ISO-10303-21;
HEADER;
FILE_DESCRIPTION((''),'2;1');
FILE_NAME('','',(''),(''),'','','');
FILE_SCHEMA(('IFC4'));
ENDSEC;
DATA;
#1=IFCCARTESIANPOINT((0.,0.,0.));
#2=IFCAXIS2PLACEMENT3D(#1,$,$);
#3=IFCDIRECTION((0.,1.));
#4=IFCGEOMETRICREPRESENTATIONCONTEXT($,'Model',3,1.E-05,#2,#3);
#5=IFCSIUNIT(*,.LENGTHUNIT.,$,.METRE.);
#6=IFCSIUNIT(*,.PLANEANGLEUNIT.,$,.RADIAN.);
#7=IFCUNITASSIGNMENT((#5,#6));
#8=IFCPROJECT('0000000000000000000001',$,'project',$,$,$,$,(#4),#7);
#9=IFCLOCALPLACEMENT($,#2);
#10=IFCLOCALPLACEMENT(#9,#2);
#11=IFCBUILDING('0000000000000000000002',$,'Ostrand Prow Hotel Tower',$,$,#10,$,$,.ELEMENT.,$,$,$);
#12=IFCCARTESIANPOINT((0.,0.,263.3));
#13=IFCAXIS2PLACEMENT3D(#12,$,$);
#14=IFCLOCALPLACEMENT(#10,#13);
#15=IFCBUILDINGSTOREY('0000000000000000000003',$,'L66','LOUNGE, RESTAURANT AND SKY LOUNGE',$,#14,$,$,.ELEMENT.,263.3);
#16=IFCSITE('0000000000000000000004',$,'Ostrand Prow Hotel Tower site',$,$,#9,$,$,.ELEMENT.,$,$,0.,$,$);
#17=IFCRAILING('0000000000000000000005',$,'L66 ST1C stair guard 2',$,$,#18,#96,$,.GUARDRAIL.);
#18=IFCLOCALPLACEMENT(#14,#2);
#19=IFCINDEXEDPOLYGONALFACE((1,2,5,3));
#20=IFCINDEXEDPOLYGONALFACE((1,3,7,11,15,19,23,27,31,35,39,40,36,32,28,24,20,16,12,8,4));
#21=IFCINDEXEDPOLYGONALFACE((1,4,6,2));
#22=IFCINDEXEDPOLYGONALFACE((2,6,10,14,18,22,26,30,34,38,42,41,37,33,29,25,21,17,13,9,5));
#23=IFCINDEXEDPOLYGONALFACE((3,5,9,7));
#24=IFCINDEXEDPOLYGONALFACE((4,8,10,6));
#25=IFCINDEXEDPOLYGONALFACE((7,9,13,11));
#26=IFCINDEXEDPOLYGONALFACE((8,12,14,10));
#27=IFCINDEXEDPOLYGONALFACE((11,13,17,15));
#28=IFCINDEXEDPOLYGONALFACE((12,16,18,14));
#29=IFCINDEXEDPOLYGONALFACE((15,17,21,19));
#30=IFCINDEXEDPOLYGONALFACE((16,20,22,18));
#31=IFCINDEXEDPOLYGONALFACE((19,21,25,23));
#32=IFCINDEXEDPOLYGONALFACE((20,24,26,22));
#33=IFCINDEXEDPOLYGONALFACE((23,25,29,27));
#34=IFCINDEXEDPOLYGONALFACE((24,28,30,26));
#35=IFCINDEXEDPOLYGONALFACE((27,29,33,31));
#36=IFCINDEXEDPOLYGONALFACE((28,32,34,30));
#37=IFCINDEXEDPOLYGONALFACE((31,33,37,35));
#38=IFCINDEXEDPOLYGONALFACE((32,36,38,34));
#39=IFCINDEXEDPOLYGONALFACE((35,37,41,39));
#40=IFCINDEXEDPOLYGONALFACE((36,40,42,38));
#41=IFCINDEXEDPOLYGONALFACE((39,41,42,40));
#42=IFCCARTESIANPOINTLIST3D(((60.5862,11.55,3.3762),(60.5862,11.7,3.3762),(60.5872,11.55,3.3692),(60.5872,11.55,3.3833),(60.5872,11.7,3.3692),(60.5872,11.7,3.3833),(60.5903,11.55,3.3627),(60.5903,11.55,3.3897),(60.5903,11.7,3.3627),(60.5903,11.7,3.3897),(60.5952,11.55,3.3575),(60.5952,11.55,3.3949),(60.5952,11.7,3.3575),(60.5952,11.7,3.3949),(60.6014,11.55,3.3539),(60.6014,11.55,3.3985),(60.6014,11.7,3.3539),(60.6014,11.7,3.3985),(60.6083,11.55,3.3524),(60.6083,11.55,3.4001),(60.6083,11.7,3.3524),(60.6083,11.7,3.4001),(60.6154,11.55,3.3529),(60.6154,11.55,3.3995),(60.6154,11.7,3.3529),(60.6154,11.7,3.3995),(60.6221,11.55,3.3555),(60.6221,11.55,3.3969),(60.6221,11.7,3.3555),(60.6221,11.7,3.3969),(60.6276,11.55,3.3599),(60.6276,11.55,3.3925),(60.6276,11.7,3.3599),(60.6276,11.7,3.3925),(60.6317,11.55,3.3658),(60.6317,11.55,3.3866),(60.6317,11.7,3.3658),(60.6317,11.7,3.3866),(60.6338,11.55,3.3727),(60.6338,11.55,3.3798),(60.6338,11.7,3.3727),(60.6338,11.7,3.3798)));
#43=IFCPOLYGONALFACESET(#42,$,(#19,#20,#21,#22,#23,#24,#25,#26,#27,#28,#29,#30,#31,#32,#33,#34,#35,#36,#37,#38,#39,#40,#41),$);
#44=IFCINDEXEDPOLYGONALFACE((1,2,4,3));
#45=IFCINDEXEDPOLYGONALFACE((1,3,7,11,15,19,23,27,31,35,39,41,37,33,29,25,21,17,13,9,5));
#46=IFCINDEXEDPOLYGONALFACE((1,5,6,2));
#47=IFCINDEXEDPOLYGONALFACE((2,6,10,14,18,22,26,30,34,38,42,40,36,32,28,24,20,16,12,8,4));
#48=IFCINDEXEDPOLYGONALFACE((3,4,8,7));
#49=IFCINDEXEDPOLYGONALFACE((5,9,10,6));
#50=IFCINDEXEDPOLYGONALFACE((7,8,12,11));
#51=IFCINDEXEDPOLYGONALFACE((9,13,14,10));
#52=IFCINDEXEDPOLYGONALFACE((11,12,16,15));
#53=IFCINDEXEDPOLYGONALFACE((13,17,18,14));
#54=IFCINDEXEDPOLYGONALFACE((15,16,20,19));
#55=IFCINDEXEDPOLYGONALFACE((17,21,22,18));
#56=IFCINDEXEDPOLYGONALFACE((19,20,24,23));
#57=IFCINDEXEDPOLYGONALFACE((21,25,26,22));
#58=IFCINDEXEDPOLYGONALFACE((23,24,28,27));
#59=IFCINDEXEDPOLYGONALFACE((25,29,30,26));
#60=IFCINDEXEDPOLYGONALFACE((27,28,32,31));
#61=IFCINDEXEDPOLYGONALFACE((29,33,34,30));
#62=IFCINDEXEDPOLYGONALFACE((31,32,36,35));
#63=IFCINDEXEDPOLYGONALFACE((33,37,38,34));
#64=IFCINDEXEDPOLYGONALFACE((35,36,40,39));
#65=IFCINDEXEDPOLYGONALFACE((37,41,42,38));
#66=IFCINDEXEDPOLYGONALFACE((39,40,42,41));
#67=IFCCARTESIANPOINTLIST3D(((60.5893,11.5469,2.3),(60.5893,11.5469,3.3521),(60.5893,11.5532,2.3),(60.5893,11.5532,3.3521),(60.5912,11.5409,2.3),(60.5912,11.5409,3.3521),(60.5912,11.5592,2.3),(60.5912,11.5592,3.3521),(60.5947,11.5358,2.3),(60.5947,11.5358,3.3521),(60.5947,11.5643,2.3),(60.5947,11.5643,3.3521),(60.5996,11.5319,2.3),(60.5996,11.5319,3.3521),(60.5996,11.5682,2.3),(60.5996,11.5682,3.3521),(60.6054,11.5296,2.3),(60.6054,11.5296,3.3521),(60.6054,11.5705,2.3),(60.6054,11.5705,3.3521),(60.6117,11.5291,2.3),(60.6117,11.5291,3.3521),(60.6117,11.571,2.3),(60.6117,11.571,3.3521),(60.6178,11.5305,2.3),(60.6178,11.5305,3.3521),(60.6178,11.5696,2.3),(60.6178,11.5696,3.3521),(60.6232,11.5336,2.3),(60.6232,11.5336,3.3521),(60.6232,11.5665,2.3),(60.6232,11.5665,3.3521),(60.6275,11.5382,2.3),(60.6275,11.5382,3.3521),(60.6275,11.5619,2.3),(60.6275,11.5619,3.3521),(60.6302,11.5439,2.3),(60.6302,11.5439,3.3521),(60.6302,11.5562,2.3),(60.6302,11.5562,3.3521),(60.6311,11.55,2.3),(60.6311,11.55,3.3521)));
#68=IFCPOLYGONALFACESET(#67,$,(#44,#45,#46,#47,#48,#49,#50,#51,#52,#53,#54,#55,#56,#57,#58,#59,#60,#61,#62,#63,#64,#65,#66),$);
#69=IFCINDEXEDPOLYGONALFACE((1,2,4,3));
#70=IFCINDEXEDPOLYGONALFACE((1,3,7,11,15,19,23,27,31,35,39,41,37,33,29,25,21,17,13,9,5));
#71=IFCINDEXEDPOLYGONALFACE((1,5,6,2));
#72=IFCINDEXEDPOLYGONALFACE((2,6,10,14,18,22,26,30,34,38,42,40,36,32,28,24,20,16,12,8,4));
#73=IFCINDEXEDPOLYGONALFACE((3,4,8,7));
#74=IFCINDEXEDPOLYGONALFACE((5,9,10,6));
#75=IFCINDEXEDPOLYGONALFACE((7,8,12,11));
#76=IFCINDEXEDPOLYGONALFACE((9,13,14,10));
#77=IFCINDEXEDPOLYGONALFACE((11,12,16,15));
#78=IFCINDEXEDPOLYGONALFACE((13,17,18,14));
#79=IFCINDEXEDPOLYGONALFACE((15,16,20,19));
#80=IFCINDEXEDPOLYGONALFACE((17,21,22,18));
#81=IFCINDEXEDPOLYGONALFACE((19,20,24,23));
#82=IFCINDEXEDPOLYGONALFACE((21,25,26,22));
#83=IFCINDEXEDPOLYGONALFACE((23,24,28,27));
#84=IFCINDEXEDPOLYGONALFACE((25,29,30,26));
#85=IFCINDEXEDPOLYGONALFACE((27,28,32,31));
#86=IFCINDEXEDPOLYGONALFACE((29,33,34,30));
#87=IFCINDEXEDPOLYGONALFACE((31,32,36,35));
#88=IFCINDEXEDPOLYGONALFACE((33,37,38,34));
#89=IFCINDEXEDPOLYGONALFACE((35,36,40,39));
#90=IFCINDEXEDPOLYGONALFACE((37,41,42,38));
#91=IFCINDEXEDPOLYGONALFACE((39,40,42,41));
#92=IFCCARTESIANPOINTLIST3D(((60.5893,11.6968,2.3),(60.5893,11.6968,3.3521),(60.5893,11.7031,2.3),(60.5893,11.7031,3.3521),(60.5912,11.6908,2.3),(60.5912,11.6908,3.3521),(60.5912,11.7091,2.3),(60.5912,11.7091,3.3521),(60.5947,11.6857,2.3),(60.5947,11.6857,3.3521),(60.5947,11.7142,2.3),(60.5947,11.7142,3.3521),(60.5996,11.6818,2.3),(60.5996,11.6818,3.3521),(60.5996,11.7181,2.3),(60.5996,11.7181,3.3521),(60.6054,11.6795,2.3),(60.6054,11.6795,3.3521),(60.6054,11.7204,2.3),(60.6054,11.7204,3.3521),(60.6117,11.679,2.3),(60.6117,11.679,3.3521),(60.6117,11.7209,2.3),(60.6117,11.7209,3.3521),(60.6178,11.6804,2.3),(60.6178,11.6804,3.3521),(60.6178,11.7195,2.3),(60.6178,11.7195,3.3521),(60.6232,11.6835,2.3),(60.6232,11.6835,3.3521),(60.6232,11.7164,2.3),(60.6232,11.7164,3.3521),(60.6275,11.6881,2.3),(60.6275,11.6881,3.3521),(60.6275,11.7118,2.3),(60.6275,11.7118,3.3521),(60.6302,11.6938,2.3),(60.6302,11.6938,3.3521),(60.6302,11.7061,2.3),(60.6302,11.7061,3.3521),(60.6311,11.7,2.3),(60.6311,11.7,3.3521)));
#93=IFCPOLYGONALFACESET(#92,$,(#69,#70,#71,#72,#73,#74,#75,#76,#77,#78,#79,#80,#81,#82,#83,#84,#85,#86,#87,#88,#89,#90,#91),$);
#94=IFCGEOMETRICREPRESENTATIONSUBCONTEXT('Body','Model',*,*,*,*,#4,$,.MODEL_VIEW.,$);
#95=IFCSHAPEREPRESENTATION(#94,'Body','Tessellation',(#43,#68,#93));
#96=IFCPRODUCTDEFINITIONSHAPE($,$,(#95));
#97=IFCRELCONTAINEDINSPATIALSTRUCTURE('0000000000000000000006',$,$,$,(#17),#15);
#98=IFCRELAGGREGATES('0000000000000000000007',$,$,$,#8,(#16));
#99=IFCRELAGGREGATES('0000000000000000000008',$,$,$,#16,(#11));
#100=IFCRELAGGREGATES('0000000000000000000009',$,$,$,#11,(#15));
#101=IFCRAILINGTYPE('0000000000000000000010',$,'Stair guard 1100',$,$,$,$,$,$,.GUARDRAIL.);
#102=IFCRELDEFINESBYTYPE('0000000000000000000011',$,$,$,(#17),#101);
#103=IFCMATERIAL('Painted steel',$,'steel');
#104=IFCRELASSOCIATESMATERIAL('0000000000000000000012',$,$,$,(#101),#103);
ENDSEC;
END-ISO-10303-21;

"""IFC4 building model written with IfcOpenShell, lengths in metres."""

from ifc_helpers import new_model, si_unit, direction, frame, origin, origin_2d, place, context, subcontext, project, spatial, circle, extrude, material, type_object, element, save


model = new_model("IFC4")

# Units and contexts
model_context = context("Model", 3, precision=1e-05, world=origin(), true_north=direction((0.0, 1.0)))
body_context = subcontext(model_context, "Body", "Model", "MODEL_VIEW")
ifc_project = project(units=[si_unit("LENGTHUNIT", "METRE"), si_unit("PLANEANGLEUNIT", "RADIAN")], contexts=[model_context])

# Site, building, storey
site_placement = place(None, origin())
site = spatial("IfcSite", under=ifc_project, at=site_placement, Name="Ostrand Prow Hotel Tower site", CompositionType="ELEMENT", RefElevation=0.0)
building_placement = place(site_placement, origin())
building = spatial("IfcBuilding", under=site, at=building_placement, Name="Ostrand Prow Hotel Tower", CompositionType="ELEMENT")
storey_placement = place(building_placement, frame((0.0, 0.0, 263.3)))
storey = spatial("IfcBuildingStorey", under=building, at=storey_placement, Name="L66", Description="LOUNGE, RESTAURANT AND SKY LOUNGE", CompositionType="ELEMENT", Elevation=263.3)

# Railing
ifc_material_1 = material(Name="Painted steel", Category="steel")
railing_type_1 = type_object("IfcRailingType", Name="Stair guard 1100", PredefinedType="GUARDRAIL", material=ifc_material_1)
railing_1_placement = place(storey_placement, frame((60.6101, 11.55, 2.3)))
element("IfcRailing", 1, at=railing_1_placement, inside=storey, type_object=railing_type_1, Name="L66 ST1C stair guard 2", PredefinedType="GUARDRAIL", context=body_context, shape_type="SweptSolid", body=[
    extrude(circle(Radius=0.0239, at=origin_2d()), frame((0.0, 0.0, 1.0762), z_axis=(0.0, 1.0, 0.0), x_axis=(-1.0, 0.0, 0.0)), (0.0, 0.0, 1.0), 0.1499),
    extrude(circle(Radius=0.021, at=origin_2d()), origin(), (0.0, 0.0, 1.0), 1.052),
    extrude(circle(Radius=0.021, at=origin_2d()), frame((0.0, 0.1499, 0.0)), (0.0, 0.0, 1.0), 1.052),
])

save(model, "model.ifc")
